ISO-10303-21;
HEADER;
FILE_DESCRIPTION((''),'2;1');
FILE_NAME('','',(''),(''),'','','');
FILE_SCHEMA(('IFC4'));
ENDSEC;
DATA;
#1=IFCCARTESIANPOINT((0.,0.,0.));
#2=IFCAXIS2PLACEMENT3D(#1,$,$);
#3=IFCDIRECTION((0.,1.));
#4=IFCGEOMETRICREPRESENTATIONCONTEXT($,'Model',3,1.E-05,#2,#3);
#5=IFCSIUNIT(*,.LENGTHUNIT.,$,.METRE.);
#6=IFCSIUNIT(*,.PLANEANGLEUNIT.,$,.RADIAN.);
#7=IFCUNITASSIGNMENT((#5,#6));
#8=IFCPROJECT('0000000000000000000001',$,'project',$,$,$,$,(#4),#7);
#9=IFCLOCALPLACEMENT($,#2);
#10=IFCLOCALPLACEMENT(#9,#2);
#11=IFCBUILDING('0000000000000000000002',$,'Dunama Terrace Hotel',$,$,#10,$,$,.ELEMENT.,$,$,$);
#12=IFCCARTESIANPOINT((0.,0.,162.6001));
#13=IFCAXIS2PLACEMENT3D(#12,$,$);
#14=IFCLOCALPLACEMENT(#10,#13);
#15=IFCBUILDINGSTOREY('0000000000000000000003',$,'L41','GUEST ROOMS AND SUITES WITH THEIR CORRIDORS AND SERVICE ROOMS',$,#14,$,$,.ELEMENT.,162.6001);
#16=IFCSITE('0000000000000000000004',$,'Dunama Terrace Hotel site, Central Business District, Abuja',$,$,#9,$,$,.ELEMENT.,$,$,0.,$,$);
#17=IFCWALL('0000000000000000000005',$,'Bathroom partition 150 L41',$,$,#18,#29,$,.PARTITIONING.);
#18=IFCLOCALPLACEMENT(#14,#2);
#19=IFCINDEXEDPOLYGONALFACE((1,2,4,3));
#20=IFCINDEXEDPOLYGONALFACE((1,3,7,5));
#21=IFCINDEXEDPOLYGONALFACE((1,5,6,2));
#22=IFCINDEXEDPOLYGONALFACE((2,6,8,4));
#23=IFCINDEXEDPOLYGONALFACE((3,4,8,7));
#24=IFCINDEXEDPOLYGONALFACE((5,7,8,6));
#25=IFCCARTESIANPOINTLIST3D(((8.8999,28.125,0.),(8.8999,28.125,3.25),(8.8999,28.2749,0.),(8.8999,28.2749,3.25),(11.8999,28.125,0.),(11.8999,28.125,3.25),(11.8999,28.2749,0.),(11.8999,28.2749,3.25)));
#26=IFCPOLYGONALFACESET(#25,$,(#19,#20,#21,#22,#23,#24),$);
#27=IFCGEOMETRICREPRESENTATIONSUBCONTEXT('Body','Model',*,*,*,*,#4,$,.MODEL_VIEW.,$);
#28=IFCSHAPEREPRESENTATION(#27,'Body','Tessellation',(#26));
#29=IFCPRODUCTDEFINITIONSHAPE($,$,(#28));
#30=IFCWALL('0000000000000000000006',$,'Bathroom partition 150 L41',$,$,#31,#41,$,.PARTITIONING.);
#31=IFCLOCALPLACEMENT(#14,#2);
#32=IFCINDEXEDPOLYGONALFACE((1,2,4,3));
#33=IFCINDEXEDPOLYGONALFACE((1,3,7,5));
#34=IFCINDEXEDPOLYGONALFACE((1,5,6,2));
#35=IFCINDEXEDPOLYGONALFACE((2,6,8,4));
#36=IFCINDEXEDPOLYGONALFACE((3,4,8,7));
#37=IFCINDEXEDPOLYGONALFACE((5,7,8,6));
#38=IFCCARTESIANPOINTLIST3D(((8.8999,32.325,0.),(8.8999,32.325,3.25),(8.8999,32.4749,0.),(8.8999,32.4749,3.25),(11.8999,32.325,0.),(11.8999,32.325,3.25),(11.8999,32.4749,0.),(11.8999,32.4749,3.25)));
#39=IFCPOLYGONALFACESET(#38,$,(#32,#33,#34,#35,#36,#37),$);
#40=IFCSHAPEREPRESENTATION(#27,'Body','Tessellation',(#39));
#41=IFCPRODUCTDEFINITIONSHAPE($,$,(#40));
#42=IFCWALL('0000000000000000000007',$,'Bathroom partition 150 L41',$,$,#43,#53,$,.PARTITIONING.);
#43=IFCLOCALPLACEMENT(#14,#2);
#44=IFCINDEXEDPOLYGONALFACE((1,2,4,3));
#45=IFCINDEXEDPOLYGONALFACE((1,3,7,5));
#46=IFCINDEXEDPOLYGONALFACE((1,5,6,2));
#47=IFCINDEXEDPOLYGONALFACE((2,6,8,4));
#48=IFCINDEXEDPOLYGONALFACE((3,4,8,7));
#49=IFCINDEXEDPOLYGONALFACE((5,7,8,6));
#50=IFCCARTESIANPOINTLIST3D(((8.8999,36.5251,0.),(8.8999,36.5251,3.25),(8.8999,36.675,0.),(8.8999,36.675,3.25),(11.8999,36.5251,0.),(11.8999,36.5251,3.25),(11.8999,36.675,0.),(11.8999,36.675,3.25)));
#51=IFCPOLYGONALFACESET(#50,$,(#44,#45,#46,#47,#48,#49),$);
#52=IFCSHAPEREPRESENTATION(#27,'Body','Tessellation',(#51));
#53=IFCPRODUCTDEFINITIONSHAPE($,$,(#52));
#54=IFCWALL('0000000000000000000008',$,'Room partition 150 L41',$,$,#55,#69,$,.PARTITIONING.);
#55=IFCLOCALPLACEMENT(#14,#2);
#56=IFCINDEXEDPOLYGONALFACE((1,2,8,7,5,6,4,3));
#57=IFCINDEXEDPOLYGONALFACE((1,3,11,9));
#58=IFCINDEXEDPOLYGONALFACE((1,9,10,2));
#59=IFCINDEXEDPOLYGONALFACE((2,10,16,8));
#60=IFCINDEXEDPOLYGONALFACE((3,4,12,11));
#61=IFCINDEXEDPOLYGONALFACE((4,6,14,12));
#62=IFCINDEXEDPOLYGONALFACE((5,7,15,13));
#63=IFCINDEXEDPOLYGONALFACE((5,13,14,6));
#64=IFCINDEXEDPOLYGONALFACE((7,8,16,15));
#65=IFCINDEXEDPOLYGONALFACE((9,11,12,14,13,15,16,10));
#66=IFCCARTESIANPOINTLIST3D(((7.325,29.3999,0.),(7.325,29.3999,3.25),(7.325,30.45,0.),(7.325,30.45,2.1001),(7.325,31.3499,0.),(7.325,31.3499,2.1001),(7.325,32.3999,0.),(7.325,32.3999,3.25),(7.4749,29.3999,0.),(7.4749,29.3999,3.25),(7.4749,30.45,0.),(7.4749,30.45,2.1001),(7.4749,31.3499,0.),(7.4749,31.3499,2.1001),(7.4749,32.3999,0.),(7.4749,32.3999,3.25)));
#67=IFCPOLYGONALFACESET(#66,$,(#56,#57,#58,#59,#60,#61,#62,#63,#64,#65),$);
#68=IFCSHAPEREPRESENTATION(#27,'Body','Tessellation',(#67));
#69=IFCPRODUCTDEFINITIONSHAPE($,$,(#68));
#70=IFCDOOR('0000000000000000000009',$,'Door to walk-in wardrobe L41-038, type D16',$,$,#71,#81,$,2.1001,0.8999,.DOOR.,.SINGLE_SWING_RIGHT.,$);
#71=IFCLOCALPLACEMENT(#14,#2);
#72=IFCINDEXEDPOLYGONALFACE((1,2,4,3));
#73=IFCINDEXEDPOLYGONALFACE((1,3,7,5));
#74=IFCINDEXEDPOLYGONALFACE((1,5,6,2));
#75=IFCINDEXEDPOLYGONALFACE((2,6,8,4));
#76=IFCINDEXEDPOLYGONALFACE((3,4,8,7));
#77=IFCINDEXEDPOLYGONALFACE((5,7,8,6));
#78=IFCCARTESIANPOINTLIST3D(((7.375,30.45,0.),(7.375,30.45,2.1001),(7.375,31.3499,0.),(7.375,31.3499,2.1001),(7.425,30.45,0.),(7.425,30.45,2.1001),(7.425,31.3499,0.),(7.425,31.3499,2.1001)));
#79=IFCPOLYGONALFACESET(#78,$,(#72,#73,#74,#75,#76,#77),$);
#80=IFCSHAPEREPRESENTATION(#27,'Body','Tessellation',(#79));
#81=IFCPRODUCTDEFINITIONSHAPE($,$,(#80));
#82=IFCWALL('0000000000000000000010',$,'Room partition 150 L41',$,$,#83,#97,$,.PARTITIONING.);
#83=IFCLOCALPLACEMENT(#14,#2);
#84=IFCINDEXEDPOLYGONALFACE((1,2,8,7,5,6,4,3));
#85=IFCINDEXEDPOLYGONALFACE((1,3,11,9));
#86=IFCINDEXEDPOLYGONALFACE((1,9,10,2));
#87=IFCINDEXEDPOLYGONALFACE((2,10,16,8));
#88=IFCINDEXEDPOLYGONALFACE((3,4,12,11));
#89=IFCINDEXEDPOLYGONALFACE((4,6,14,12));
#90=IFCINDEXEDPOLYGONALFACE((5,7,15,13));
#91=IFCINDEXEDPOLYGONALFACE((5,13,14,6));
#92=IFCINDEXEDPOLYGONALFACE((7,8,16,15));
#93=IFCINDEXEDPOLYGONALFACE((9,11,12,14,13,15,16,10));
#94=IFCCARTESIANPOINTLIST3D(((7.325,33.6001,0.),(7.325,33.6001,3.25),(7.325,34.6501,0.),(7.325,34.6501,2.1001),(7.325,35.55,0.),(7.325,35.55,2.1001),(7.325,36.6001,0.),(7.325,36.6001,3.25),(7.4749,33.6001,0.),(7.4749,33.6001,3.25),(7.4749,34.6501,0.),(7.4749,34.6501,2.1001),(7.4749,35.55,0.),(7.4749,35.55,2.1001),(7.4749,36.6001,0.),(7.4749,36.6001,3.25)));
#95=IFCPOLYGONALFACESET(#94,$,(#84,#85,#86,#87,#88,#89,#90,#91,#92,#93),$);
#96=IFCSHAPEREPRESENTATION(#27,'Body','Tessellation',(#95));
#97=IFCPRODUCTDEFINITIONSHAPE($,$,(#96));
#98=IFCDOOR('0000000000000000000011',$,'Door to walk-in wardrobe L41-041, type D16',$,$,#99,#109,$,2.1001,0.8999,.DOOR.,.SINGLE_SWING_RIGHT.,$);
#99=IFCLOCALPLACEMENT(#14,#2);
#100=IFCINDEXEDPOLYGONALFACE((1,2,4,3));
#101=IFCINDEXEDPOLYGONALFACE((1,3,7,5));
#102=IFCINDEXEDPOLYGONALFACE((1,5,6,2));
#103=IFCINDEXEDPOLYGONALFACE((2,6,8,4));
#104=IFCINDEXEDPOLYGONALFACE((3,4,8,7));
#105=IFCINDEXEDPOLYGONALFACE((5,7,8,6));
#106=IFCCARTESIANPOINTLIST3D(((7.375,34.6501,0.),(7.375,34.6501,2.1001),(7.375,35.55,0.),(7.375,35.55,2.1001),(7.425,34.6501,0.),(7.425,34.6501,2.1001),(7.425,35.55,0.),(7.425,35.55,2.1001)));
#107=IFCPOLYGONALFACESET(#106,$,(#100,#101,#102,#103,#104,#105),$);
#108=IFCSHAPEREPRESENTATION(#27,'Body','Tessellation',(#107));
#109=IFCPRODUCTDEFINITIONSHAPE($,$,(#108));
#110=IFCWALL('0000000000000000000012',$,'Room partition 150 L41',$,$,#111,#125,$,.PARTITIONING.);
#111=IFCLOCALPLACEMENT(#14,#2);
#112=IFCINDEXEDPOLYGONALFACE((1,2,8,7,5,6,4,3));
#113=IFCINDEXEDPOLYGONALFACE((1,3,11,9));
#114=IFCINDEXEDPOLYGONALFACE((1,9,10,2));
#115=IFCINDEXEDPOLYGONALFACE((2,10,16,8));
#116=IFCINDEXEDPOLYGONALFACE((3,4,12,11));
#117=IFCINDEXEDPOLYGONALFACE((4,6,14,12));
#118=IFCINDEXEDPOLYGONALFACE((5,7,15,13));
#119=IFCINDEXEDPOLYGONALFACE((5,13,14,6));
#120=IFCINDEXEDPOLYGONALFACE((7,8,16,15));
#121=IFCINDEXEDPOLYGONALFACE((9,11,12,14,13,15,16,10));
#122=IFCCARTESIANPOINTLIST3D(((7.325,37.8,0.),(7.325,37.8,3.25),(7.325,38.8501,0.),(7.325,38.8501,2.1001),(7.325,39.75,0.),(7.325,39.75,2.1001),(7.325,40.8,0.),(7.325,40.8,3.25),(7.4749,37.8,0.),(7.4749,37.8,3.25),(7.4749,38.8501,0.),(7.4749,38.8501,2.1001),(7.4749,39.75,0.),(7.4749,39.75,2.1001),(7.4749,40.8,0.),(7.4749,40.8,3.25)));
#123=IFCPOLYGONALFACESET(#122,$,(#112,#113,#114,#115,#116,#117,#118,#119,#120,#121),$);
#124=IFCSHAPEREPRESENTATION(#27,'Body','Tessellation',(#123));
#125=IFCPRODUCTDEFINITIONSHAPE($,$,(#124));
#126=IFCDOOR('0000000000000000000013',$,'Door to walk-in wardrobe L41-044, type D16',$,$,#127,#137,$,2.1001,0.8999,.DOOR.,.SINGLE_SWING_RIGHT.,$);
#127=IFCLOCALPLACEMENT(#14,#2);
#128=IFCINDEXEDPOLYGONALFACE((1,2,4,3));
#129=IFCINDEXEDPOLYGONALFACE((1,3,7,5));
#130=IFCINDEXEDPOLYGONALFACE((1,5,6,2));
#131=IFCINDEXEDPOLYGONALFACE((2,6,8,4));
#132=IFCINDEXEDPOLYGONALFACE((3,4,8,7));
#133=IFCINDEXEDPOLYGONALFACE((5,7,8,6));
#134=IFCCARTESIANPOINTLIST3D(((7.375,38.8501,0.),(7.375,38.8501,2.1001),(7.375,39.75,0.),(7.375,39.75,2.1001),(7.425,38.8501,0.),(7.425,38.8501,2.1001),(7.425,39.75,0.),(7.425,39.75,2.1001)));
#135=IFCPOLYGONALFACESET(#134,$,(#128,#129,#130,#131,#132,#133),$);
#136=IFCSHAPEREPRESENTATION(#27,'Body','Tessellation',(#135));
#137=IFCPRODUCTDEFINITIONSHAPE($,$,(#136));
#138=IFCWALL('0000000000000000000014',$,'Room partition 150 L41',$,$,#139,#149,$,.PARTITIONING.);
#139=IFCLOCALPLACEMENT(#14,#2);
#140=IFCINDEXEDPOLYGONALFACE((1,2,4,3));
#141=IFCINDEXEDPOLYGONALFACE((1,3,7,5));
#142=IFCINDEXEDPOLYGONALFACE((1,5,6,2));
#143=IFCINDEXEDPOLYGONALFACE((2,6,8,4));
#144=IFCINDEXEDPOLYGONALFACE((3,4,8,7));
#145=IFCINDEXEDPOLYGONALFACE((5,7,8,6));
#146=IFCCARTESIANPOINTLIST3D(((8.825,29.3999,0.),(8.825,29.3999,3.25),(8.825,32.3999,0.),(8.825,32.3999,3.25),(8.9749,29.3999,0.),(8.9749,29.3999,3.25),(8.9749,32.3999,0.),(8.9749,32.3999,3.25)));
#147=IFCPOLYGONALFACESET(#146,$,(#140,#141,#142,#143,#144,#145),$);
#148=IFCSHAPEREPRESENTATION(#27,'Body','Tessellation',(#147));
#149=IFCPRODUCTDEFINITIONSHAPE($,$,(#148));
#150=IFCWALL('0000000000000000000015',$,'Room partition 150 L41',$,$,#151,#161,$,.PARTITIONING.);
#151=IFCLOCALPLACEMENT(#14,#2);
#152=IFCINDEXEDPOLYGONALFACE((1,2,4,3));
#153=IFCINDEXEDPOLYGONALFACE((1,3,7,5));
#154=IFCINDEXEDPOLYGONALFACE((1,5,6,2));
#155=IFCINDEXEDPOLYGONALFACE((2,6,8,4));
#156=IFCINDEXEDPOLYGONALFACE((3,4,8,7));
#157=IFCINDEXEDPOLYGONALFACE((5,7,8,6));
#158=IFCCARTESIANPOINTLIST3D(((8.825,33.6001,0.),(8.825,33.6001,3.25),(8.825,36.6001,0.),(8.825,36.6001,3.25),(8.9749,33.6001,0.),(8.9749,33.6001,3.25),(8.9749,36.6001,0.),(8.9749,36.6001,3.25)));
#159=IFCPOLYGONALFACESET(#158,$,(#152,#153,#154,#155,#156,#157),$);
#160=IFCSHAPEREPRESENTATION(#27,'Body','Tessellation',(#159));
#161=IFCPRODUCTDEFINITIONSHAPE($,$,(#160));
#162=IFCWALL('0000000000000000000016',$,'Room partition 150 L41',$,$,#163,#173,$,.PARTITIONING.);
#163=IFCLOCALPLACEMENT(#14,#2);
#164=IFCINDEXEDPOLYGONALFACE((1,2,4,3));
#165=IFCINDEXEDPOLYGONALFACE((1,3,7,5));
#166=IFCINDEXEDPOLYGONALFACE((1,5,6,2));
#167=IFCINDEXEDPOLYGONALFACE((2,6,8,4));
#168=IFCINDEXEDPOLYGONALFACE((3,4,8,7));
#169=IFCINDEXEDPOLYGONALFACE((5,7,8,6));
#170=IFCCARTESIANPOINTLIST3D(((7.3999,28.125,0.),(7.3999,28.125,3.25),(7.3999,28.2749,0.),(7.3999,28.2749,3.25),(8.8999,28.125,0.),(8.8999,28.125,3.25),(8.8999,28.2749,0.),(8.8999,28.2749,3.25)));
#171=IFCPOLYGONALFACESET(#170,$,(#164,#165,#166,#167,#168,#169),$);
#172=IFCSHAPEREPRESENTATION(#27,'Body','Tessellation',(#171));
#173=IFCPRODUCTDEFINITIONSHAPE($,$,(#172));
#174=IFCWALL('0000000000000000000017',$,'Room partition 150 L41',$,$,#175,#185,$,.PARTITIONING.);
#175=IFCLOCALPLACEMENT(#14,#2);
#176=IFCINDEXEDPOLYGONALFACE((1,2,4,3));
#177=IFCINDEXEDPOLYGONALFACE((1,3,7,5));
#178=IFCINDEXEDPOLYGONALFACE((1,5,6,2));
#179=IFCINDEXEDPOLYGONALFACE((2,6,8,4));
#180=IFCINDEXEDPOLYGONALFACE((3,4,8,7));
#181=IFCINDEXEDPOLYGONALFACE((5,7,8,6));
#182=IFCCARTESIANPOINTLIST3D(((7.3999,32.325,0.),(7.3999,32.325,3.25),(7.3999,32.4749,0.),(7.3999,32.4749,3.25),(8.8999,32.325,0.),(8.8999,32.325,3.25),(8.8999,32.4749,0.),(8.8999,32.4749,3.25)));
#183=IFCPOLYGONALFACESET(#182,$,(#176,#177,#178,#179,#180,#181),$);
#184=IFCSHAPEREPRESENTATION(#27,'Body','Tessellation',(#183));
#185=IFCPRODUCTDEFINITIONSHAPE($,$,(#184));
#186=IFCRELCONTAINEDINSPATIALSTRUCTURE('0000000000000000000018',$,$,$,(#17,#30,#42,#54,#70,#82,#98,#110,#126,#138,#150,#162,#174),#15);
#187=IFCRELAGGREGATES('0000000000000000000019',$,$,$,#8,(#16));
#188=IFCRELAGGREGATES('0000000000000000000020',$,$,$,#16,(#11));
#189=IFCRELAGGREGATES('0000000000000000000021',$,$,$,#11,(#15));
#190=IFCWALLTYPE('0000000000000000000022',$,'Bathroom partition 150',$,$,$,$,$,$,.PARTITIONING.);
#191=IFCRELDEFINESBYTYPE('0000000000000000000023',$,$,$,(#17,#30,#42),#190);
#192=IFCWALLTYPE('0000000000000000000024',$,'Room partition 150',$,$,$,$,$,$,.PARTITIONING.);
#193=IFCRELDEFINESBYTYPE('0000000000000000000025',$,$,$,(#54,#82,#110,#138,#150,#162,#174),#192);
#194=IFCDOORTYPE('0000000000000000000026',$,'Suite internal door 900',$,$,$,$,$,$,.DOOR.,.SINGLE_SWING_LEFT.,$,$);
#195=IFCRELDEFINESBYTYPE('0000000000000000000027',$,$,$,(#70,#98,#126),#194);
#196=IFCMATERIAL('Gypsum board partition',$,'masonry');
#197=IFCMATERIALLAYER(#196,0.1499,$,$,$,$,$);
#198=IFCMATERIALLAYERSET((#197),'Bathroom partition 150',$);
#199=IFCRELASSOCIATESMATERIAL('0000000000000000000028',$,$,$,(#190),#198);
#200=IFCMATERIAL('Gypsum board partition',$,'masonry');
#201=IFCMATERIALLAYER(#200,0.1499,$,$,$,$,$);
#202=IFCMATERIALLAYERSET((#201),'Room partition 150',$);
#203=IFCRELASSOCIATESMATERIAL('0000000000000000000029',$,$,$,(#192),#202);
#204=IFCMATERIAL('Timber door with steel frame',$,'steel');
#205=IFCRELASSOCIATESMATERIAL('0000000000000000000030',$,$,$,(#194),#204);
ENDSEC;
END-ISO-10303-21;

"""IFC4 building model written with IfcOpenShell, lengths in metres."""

from ifc_helpers import new_model, si_unit, direction, frame, frame_2d, origin, place, context, subcontext, project, spatial, rectangle, extrude, material, layer, layer_set, type_object, element, fill, save


model = new_model("IFC4")

# Units and contexts
model_context = context("Model", 3, precision=1e-05, world=origin(), true_north=direction((0.0, 1.0)))
body_context = subcontext(model_context, "Body", "Model", "MODEL_VIEW")
ifc_project = project(units=[si_unit("LENGTHUNIT", "METRE"), si_unit("PLANEANGLEUNIT", "RADIAN")], contexts=[model_context])

# Site, building, storey
site_placement = place(None, origin())
site = spatial("IfcSite", under=ifc_project, at=site_placement, Name="Dunama Terrace Hotel site, Central Business District, Abuja", CompositionType="ELEMENT", RefElevation=0.0)
building_placement = place(site_placement, origin())
building = spatial("IfcBuilding", under=site, at=building_placement, Name="Dunama Terrace Hotel", CompositionType="ELEMENT")
storey_placement = place(building_placement, frame((0.0, 0.0, 162.6001)))
storey = spatial("IfcBuildingStorey", under=building, at=storey_placement, Name="L41", Description="GUEST ROOMS AND SUITES WITH THEIR CORRIDORS AND SERVICE ROOMS", CompositionType="ELEMENT", Elevation=162.6001)

# Walls
ifc_material_1 = material(Name="Gypsum board partition", Category="masonry")
ifc_layer_1 = layer(ifc_material_1, 0.1499)
ifc_layer_set_1 = layer_set([ifc_layer_1], Name="Bathroom partition 150")
wall_type_1 = type_object("IfcWallType", Name="Bathroom partition 150", PredefinedType="PARTITIONING", material=ifc_layer_set_1)
for number, where, z_axis, x_axis, name in (
    (1, (8.8999, 28.2, 0.0), (0.0, 0.0, 1.0), (1.0, 0.0, 0.0), "Bathroom partition 150 L41"),
    (2, (8.8999, 32.3999, 0.0), (0.0, 0.0, 1.0), (1.0, 0.0, 0.0), "Bathroom partition 150 L41"),
    (3, (8.8999, 36.6001, 0.0), (0.0, 0.0, 1.0), (1.0, 0.0, 0.0), "Bathroom partition 150 L41"),
):
    element("IfcWall", number, at=place(storey_placement, frame(where, z_axis=z_axis, x_axis=x_axis)), inside=storey, type_object=wall_type_1, Name=name, PredefinedType="PARTITIONING", context=body_context, shape_type="SweptSolid", body=[
        extrude(rectangle(XDim=3.0, YDim=0.1499, at=frame_2d((1.5, 0.0))), origin(), (0.0, 0.0, 1.0), 3.25),
    ])

# Walls, openings, doors
ifc_material_2 = material(Name="Gypsum board partition", Category="masonry")
ifc_layer_2 = layer(ifc_material_2, 0.1499)
ifc_layer_set_2 = layer_set([ifc_layer_2], Name="Room partition 150")
wall_type_2 = type_object("IfcWallType", Name="Room partition 150", PredefinedType="PARTITIONING", material=ifc_layer_set_2)
wall_1_placement = place(storey_placement, frame((7.3999, 29.3999, 0.0), z_axis=(0.0, 0.0, 1.0), x_axis=(0.0, 1.0, 0.0)))
wall_1 = element("IfcWall", 4, at=wall_1_placement, inside=storey, type_object=wall_type_2, Name="Room partition 150 L41", PredefinedType="PARTITIONING", context=body_context, shape_type="SweptSolid", body=[
    extrude(rectangle(XDim=3.0, YDim=0.1499, at=frame_2d((1.5, 0.0))), origin(), (0.0, 0.0, 1.0), 3.25),
])
opening_1_placement = place(wall_1_placement, frame((1.05, 0.0, 0.0)))
opening_1 = element("IfcOpeningElement", 5, at=opening_1_placement, cuts=wall_1, PredefinedType="OPENING", context=body_context, shape_type="SweptSolid", body=[
    extrude(rectangle(XDim=0.8999, YDim=2.1001, at=frame_2d((0.45, 1.05))), frame((0.0, 0.085, 0.0), z_axis=(0.0, -1.0, 0.0), x_axis=(1.0, 0.0, 0.0)), (0.0, 0.0, 1.0), 0.1699),
])
ifc_material_3 = material(Name="Timber door with steel frame", Category="steel")
door_type = type_object("IfcDoorType", Name="Suite internal door 900", OperationType="SINGLE_SWING_LEFT", PredefinedType="DOOR", material=ifc_material_3)
door_1_placement = place(opening_1_placement, frame((0.8999, 0.0, 0.0), z_axis=(0.0, 0.0, 1.0), x_axis=(-1.0, 0.0, 0.0)))
door_1 = element("IfcDoor", 6, at=door_1_placement, inside=storey, type_object=door_type, Name="Door to walk-in wardrobe L41-038, type D16", OperationType="SINGLE_SWING_RIGHT", OverallHeight=2.1001, OverallWidth=0.8999, PredefinedType="DOOR", context=body_context, shape_type="SweptSolid", body=[
    extrude(rectangle(XDim=0.8999, YDim=2.1001, at=frame_2d((0.45, 1.05))), frame((0.0, 0.0251, 0.0), z_axis=(0.0, -1.0, 0.0), x_axis=(1.0, 0.0, 0.0)), (0.0, 0.0, 1.0), 0.05),
])
fill(opening_1, door_1)
wall_2_placement = place(storey_placement, frame((7.3999, 33.6001, 0.0), z_axis=(0.0, 0.0, 1.0), x_axis=(0.0, 1.0, 0.0)))
wall_2 = element("IfcWall", 7, at=wall_2_placement, inside=storey, type_object=wall_type_2, Name="Room partition 150 L41", PredefinedType="PARTITIONING", context=body_context, shape_type="SweptSolid", body=[
    extrude(rectangle(XDim=3.0, YDim=0.1499, at=frame_2d((1.5, 0.0))), origin(), (0.0, 0.0, 1.0), 3.25),
])
opening_2_placement = place(wall_2_placement, frame((1.05, 0.0, 0.0)))
opening_2 = element("IfcOpeningElement", 8, at=opening_2_placement, cuts=wall_2, PredefinedType="OPENING", context=body_context, shape_type="SweptSolid", body=[
    extrude(rectangle(XDim=0.8999, YDim=2.1001, at=frame_2d((0.45, 1.05))), frame((0.0, 0.085, 0.0), z_axis=(0.0, -1.0, 0.0), x_axis=(1.0, 0.0, 0.0)), (0.0, 0.0, 1.0), 0.1699),
])
door_2_placement = place(opening_2_placement, frame((0.8999, 0.0, 0.0), z_axis=(0.0, 0.0, 1.0), x_axis=(-1.0, 0.0, 0.0)))
door_2 = element("IfcDoor", 9, at=door_2_placement, inside=storey, type_object=door_type, Name="Door to walk-in wardrobe L41-041, type D16", OperationType="SINGLE_SWING_RIGHT", OverallHeight=2.1001, OverallWidth=0.8999, PredefinedType="DOOR", context=body_context, shape_type="SweptSolid", body=[
    extrude(rectangle(XDim=0.8999, YDim=2.1001, at=frame_2d((0.45, 1.05))), frame((0.0, 0.0251, 0.0), z_axis=(0.0, -1.0, 0.0), x_axis=(1.0, 0.0, 0.0)), (0.0, 0.0, 1.0), 0.05),
])
fill(opening_2, door_2)
wall_3_placement = place(storey_placement, frame((7.3999, 37.8, 0.0), z_axis=(0.0, 0.0, 1.0), x_axis=(0.0, 1.0, 0.0)))
wall_3 = element("IfcWall", 10, at=wall_3_placement, inside=storey, type_object=wall_type_2, Name="Room partition 150 L41", PredefinedType="PARTITIONING", context=body_context, shape_type="SweptSolid", body=[
    extrude(rectangle(XDim=3.0, YDim=0.1499, at=frame_2d((1.5, 0.0))), origin(), (0.0, 0.0, 1.0), 3.25),
])
opening_3_placement = place(wall_3_placement, frame((1.05, 0.0, 0.0)))
opening_3 = element("IfcOpeningElement", 11, at=opening_3_placement, cuts=wall_3, PredefinedType="OPENING", context=body_context, shape_type="SweptSolid", body=[
    extrude(rectangle(XDim=0.8999, YDim=2.1001, at=frame_2d((0.45, 1.05))), frame((0.0, 0.085, 0.0), z_axis=(0.0, -1.0, 0.0), x_axis=(1.0, 0.0, 0.0)), (0.0, 0.0, 1.0), 0.1699),
])
door_3_placement = place(opening_3_placement, frame((0.8999, 0.0, 0.0), z_axis=(0.0, 0.0, 1.0), x_axis=(-1.0, 0.0, 0.0)))
door_3 = element("IfcDoor", 12, at=door_3_placement, inside=storey, type_object=door_type, Name="Door to walk-in wardrobe L41-044, type D16", OperationType="SINGLE_SWING_RIGHT", OverallHeight=2.1001, OverallWidth=0.8999, PredefinedType="DOOR", context=body_context, shape_type="SweptSolid", body=[
    extrude(rectangle(XDim=0.8999, YDim=2.1001, at=frame_2d((0.45, 1.05))), frame((0.0, 0.0251, 0.0), z_axis=(0.0, -1.0, 0.0), x_axis=(1.0, 0.0, 0.0)), (0.0, 0.0, 1.0), 0.05),
])
fill(opening_3, door_3)

# Walls
for number, where, z_axis, x_axis, name in (
    (13, (8.8999, 29.3999, 0.0), (0.0, 0.0, 1.0), (0.0, 1.0, 0.0), "Room partition 150 L41"),
    (14, (8.8999, 33.6001, 0.0), (0.0, 0.0, 1.0), (0.0, 1.0, 0.0), "Room partition 150 L41"),
):
    element("IfcWall", number, at=place(storey_placement, frame(where, z_axis=z_axis, x_axis=x_axis)), inside=storey, type_object=wall_type_2, Name=name, PredefinedType="PARTITIONING", context=body_context, shape_type="SweptSolid", body=[
        extrude(rectangle(XDim=3.0, YDim=0.1499, at=frame_2d((1.5, 0.0))), origin(), (0.0, 0.0, 1.0), 3.25),
    ])
for number, where, z_axis, x_axis, name in (
    (15, (7.3999, 28.2, 0.0), (0.0, 0.0, 1.0), (1.0, 0.0, 0.0), "Room partition 150 L41"),
    (16, (7.3999, 32.3999, 0.0), (0.0, 0.0, 1.0), (1.0, 0.0, 0.0), "Room partition 150 L41"),
):
    element("IfcWall", number, at=place(storey_placement, frame(where, z_axis=z_axis, x_axis=x_axis)), inside=storey, type_object=wall_type_2, Name=name, PredefinedType="PARTITIONING", context=body_context, shape_type="SweptSolid", body=[
        extrude(rectangle(XDim=1.5, YDim=0.1499, at=frame_2d((0.75, 0.0))), origin(), (0.0, 0.0, 1.0), 3.25),
    ])

save(model, "model.ifc")
